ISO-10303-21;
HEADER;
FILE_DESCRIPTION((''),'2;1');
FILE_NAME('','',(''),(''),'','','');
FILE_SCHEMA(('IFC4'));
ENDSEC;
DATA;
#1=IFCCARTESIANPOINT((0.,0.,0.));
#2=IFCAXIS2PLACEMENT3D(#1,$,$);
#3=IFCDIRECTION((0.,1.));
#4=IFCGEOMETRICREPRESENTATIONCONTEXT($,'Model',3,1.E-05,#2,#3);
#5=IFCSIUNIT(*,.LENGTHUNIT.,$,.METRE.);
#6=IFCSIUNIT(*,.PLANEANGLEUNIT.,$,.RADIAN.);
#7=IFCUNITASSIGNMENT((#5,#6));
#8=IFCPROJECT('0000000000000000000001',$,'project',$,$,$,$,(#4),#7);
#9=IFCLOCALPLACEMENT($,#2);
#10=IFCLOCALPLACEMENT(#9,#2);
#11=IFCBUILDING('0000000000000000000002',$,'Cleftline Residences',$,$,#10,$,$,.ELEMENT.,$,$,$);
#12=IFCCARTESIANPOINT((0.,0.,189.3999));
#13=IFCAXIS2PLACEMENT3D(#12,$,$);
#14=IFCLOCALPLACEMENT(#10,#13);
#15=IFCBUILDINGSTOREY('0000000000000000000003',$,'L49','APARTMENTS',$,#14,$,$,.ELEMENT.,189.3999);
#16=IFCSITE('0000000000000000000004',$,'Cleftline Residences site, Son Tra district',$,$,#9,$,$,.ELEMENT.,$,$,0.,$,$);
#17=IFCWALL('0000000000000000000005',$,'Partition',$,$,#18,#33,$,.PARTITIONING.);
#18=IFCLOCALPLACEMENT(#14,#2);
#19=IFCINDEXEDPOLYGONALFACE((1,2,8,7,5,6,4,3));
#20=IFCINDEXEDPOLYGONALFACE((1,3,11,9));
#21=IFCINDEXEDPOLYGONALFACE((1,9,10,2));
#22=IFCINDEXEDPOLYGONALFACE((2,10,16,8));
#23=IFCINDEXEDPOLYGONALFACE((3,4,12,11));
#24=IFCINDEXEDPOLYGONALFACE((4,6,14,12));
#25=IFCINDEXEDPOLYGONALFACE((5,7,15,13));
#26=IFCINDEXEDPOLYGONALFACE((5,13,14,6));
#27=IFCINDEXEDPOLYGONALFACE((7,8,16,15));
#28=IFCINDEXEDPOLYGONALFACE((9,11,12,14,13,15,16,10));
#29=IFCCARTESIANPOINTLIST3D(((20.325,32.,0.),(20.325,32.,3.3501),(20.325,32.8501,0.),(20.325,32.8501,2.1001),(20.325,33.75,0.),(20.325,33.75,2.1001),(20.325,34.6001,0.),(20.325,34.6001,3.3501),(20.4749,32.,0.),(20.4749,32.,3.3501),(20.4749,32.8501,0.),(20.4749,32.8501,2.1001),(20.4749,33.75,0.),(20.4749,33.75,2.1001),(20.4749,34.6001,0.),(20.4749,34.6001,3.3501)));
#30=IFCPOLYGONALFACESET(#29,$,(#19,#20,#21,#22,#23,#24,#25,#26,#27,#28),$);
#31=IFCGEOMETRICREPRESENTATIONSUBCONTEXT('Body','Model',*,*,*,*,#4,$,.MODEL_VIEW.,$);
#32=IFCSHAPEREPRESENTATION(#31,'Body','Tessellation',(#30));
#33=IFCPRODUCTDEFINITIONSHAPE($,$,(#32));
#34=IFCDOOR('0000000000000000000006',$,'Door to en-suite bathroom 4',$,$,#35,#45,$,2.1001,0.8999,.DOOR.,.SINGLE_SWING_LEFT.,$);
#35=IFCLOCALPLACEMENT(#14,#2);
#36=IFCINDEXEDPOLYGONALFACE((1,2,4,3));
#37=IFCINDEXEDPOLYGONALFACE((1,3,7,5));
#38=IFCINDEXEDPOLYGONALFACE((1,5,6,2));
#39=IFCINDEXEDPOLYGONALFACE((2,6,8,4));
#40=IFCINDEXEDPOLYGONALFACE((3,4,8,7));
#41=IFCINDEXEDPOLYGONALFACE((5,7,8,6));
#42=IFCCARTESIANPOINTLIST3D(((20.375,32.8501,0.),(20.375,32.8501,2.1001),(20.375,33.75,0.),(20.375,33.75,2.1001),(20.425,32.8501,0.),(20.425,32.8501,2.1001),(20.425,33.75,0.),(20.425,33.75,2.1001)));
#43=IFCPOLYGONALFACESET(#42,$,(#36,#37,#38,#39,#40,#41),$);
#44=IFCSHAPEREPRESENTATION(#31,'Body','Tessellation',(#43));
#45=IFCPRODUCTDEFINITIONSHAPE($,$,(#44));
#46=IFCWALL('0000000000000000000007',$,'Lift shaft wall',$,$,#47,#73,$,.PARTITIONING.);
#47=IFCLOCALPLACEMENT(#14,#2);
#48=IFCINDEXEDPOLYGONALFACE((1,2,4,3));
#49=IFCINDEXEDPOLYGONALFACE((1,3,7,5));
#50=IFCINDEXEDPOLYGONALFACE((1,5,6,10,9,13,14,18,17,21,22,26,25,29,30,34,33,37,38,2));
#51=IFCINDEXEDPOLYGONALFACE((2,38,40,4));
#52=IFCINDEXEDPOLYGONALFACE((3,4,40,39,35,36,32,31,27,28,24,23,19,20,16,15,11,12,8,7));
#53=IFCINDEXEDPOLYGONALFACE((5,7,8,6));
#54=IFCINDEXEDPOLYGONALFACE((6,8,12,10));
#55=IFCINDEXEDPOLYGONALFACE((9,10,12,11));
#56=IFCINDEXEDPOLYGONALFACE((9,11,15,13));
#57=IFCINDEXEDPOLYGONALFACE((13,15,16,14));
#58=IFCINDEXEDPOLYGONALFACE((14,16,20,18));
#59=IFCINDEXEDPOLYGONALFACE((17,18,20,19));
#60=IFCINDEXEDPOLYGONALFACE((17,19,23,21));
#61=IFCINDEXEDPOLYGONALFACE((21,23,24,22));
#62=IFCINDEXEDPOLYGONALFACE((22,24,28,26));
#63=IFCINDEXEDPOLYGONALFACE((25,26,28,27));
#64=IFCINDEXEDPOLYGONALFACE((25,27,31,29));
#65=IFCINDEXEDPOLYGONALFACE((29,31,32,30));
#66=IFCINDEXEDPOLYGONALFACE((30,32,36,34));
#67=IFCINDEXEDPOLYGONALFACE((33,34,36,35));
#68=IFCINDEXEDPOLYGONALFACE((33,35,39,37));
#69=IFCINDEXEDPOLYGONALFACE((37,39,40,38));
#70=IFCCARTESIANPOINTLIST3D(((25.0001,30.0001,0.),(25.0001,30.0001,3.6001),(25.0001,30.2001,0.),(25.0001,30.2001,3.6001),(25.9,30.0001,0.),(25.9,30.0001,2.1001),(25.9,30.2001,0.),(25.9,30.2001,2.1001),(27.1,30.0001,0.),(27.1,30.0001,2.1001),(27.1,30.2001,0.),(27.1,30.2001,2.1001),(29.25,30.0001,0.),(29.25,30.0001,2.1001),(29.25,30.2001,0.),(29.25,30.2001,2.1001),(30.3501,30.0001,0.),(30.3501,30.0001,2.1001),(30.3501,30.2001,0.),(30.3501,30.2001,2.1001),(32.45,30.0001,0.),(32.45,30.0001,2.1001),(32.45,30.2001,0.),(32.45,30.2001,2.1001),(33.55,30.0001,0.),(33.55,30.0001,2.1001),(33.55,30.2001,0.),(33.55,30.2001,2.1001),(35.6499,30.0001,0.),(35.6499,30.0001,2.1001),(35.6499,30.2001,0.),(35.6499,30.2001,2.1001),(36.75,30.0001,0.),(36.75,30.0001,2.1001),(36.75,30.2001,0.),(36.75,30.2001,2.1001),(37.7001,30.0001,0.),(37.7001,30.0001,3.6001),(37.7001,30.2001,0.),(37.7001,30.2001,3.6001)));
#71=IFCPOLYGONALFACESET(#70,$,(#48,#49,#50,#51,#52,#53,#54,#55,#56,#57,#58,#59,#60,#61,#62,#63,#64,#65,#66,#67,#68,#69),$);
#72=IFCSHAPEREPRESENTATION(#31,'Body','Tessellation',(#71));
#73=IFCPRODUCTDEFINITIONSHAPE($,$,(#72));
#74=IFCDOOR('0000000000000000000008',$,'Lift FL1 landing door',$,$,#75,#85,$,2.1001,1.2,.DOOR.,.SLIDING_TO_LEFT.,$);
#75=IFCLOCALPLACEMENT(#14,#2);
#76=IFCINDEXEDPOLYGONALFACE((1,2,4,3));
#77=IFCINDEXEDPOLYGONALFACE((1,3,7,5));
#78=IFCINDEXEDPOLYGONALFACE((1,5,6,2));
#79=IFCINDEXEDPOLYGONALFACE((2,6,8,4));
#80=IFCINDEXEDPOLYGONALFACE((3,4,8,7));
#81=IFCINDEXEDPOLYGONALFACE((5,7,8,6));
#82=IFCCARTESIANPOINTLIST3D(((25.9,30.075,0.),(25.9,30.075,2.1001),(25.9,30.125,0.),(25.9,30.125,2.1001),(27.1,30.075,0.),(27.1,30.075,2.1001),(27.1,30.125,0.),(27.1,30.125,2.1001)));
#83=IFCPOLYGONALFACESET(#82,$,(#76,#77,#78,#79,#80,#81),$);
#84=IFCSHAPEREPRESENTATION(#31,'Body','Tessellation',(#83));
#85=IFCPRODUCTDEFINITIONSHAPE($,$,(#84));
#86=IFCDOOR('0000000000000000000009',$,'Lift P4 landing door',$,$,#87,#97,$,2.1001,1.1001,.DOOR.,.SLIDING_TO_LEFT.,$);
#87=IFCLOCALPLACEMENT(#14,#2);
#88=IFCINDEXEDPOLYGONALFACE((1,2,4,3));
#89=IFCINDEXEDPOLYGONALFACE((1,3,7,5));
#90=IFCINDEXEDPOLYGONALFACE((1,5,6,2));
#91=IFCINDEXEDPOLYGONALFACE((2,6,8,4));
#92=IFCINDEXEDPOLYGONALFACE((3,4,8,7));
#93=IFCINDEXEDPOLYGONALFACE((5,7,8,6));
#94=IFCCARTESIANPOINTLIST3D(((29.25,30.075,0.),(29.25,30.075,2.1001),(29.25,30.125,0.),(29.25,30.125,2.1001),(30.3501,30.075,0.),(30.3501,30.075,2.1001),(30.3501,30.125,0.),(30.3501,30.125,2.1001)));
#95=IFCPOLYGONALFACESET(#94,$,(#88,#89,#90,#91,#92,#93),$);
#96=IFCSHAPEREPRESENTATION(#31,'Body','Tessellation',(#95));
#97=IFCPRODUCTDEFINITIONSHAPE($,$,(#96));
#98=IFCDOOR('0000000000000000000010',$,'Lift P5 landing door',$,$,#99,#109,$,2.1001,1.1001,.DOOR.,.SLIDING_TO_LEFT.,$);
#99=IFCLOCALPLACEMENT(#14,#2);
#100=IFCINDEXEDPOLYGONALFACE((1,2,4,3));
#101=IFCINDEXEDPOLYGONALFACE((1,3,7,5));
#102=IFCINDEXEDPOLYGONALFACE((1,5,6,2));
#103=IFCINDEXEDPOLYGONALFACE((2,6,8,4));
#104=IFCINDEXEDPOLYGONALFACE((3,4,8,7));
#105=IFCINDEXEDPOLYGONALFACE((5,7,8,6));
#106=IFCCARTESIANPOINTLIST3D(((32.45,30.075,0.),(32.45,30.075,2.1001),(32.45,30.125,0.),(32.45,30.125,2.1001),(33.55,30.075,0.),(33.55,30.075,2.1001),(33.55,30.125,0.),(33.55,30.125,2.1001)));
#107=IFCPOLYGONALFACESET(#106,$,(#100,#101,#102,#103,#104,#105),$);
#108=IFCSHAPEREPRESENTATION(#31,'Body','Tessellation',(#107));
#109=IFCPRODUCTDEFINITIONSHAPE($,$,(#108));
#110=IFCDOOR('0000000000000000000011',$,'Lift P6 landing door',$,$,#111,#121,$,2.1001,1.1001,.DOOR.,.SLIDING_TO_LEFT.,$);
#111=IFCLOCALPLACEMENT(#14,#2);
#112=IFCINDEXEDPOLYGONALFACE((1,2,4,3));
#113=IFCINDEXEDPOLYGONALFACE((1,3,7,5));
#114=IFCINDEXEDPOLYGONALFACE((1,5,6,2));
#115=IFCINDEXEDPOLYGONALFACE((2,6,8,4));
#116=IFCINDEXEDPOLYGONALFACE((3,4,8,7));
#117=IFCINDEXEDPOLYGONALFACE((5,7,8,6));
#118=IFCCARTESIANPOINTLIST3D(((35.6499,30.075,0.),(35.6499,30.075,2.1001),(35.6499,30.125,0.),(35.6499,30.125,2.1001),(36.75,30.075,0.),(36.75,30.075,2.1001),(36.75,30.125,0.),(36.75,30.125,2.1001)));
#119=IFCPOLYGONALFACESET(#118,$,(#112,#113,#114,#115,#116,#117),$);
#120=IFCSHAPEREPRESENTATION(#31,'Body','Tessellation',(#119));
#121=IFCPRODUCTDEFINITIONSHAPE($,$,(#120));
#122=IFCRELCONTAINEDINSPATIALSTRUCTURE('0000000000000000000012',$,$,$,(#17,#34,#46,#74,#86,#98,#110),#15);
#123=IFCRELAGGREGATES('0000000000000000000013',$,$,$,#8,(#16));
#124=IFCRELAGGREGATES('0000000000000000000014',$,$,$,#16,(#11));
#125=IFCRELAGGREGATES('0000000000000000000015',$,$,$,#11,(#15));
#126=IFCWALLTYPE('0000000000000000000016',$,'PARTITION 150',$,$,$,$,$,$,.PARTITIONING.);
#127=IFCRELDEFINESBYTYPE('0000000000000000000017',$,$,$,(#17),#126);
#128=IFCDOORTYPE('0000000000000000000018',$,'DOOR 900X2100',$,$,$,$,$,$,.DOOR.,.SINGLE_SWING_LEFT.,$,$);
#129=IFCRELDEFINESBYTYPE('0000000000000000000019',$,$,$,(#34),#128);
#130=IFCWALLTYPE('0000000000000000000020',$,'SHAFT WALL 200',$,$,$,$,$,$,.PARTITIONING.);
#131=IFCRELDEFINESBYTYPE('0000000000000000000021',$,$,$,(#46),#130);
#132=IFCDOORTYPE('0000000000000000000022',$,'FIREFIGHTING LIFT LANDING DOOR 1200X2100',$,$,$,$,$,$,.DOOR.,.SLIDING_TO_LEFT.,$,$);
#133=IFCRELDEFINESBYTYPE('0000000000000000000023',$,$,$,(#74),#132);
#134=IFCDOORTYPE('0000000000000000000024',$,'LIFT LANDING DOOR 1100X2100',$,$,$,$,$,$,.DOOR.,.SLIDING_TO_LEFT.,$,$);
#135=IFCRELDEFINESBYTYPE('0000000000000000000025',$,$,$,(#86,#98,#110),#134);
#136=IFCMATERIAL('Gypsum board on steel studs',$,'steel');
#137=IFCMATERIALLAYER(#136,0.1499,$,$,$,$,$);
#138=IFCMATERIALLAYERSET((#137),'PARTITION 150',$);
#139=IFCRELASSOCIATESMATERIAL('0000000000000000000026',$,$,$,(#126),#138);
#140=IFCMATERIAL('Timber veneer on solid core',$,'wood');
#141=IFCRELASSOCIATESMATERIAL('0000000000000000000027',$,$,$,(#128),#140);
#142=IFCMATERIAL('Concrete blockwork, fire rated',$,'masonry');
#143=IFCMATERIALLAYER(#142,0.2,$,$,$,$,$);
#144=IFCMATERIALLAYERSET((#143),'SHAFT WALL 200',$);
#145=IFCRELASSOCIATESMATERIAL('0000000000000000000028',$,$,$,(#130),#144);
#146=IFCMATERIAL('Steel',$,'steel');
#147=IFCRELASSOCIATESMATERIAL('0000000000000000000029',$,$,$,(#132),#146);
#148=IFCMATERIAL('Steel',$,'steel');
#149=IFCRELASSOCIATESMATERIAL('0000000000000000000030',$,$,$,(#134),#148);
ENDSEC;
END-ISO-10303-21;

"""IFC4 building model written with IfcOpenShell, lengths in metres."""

from ifc_helpers import new_model, si_unit, direction, frame, frame_2d, origin, place, context, subcontext, project, spatial, rectangle, extrude, material, layer, layer_set, type_object, element, fill, save


model = new_model("IFC4")

# Units and contexts
model_context = context("Model", 3, precision=1e-05, world=origin(), true_north=direction((0.0, 1.0)))
body_context = subcontext(model_context, "Body", "Model", "MODEL_VIEW")
ifc_project = project(units=[si_unit("LENGTHUNIT", "METRE"), si_unit("PLANEANGLEUNIT", "RADIAN")], contexts=[model_context])

# Site, building, storey
site_placement = place(None, origin())
site = spatial("IfcSite", under=ifc_project, at=site_placement, Name="Cleftline Residences site, Son Tra district", CompositionType="ELEMENT", RefElevation=0.0)
building_placement = place(site_placement, origin())
building = spatial("IfcBuilding", under=site, at=building_placement, Name="Cleftline Residences", CompositionType="ELEMENT")
storey_placement = place(building_placement, frame((0.0, 0.0, 189.3999)))
storey = spatial("IfcBuildingStorey", under=building, at=storey_placement, Name="L49", Description="APARTMENTS", CompositionType="ELEMENT", Elevation=189.3999)

# Shared definitions
ifc_material_1 = material(Name="Gypsum board on steel studs", Category="steel")
ifc_layer_1 = layer(ifc_material_1, 0.1499)
ifc_layer_set_1 = layer_set([ifc_layer_1], Name="PARTITION 150")
wall_type_1 = type_object("IfcWallType", Name="PARTITION 150", PredefinedType="PARTITIONING", material=ifc_layer_set_1)

# Wall, opening, door
ifc_material_2 = material(Name="Timber veneer on solid core", Category="wood")
door_type_1 = type_object("IfcDoorType", Name="DOOR 900X2100", OperationType="SINGLE_SWING_LEFT", PredefinedType="DOOR", material=ifc_material_2)
wall_1_placement = place(storey_placement, frame((20.3999, 32.0, 0.0), z_axis=(0.0, 0.0, 1.0), x_axis=(0.0, 1.0, 0.0)))
wall_1 = element("IfcWall", 1, at=wall_1_placement, inside=storey, type_object=wall_type_1, Name="Partition", PredefinedType="PARTITIONING", context=body_context, shape_type="SweptSolid", body=[
    extrude(rectangle(XDim=2.6001, YDim=0.1499, at=frame_2d((1.3, 0.0))), origin(), (0.0, 0.0, 1.0), 3.3501),
])
opening_1_placement = place(wall_1_placement, frame((0.8501, 0.0, 0.0)))
opening_1 = element("IfcOpeningElement", 2, at=opening_1_placement, cuts=wall_1, PredefinedType="OPENING", context=body_context, shape_type="SweptSolid", body=[
    extrude(rectangle(XDim=0.8999, YDim=2.1001, at=frame_2d((0.45, 1.05))), frame((0.0, 0.085, 0.0), z_axis=(0.0, -1.0, 0.0), x_axis=(1.0, 0.0, 0.0)), (0.0, 0.0, 1.0), 0.1699),
])
door_1_placement = place(opening_1_placement, origin())
door_1 = element("IfcDoor", 3, at=door_1_placement, inside=storey, type_object=door_type_1, Name="Door to en-suite bathroom 4", OperationType="SINGLE_SWING_LEFT", OverallHeight=2.1001, OverallWidth=0.8999, PredefinedType="DOOR", context=body_context, shape_type="SweptSolid", body=[
    extrude(rectangle(XDim=0.8999, YDim=2.1001, at=frame_2d((0.45, 1.05))), frame((0.0, 0.0249, 0.0), z_axis=(0.0, -1.0, 0.0), x_axis=(1.0, 0.0, 0.0)), (0.0, 0.0, 1.0), 0.05),
])
fill(opening_1, door_1)

# Wall, openings, doors
ifc_material_3 = material(Name="Concrete blockwork, fire rated", Category="masonry")
ifc_layer_2 = layer(ifc_material_3, 0.2)
ifc_layer_set_2 = layer_set([ifc_layer_2], Name="SHAFT WALL 200")
wall_type_2 = type_object("IfcWallType", Name="SHAFT WALL 200", PredefinedType="PARTITIONING", material=ifc_layer_set_2)
wall_2_placement = place(storey_placement, frame((25.0, 30.1001, 0.0), z_axis=(0.0, 0.0, 1.0), x_axis=(1.0, 0.0, 0.0)))
wall_2 = element("IfcWall", 4, at=wall_2_placement, inside=storey, type_object=wall_type_2, Name="Lift shaft wall", PredefinedType="PARTITIONING", context=body_context, shape_type="SweptSolid", body=[
    extrude(rectangle(XDim=12.7, YDim=0.2, at=frame_2d((6.3501, 0.0))), origin(), (0.0, 0.0, 1.0), 3.6001),
])
opening_2_placement = place(wall_2_placement, frame((4.25, 0.0, 0.0)))
opening_2 = element("IfcOpeningElement", 5, at=opening_2_placement, cuts=wall_2, PredefinedType="OPENING", context=body_context, shape_type="SweptSolid", body=[
    extrude(rectangle(XDim=1.1001, YDim=2.1001, at=frame_2d((0.55, 1.05))), frame((0.0, 0.1099, 0.0), z_axis=(0.0, -1.0, 0.0), x_axis=(1.0, 0.0, 0.0)), (0.0, 0.0, 1.0), 0.22),
])
opening_3_placement = place(wall_2_placement, frame((7.45, 0.0, 0.0)))
opening_3 = element("IfcOpeningElement", 6, at=opening_3_placement, cuts=wall_2, PredefinedType="OPENING", context=body_context, shape_type="SweptSolid", body=[
    extrude(rectangle(XDim=1.1001, YDim=2.1001, at=frame_2d((0.55, 1.05))), frame((0.0, 0.1099, 0.0), z_axis=(0.0, -1.0, 0.0), x_axis=(1.0, 0.0, 0.0)), (0.0, 0.0, 1.0), 0.22),
])
opening_4_placement = place(wall_2_placement, frame((10.6499, 0.0, 0.0)))
opening_4 = element("IfcOpeningElement", 7, at=opening_4_placement, cuts=wall_2, PredefinedType="OPENING", context=body_context, shape_type="SweptSolid", body=[
    extrude(rectangle(XDim=1.1001, YDim=2.1001, at=frame_2d((0.55, 1.05))), frame((0.0, 0.1099, 0.0), z_axis=(0.0, -1.0, 0.0), x_axis=(1.0, 0.0, 0.0)), (0.0, 0.0, 1.0), 0.22),
])
opening_5_placement = place(wall_2_placement, frame((0.8999, 0.0, 0.0)))
opening_5 = element("IfcOpeningElement", 8, at=opening_5_placement, cuts=wall_2, PredefinedType="OPENING", context=body_context, shape_type="SweptSolid", body=[
    extrude(rectangle(XDim=1.2, YDim=2.1001, at=frame_2d((0.6001, 1.05))), frame((0.0, 0.1099, 0.0), z_axis=(0.0, -1.0, 0.0), x_axis=(1.0, 0.0, 0.0)), (0.0, 0.0, 1.0), 0.22),
])
ifc_material_4 = material(Name="Steel", Category="steel")
door_type_2 = type_object("IfcDoorType", Name="FIREFIGHTING LIFT LANDING DOOR 1200X2100", OperationType="SLIDING_TO_LEFT", PredefinedType="DOOR", material=ifc_material_4)
door_2_placement = place(opening_5_placement, origin())
door_2 = element("IfcDoor", 9, at=door_2_placement, inside=storey, type_object=door_type_2, Name="Lift FL1 landing door", OperationType="SLIDING_TO_LEFT", OverallHeight=2.1001, OverallWidth=1.2, PredefinedType="DOOR", context=body_context, shape_type="SweptSolid", body=[
    extrude(rectangle(XDim=1.2, YDim=2.1001, at=frame_2d((0.6001, 1.05))), frame((0.0, 0.0249, 0.0), z_axis=(0.0, -1.0, 0.0), x_axis=(1.0, 0.0, 0.0)), (0.0, 0.0, 1.0), 0.05),
])
fill(opening_5, door_2)
ifc_material_5 = material(Name="Steel", Category="steel")
door_type_3 = type_object("IfcDoorType", Name="LIFT LANDING DOOR 1100X2100", OperationType="SLIDING_TO_LEFT", PredefinedType="DOOR", material=ifc_material_5)
door_3_placement = place(opening_2_placement, origin())
door_3 = element("IfcDoor", 10, at=door_3_placement, inside=storey, type_object=door_type_3, Name="Lift P4 landing door", OperationType="SLIDING_TO_LEFT", OverallHeight=2.1001, OverallWidth=1.1001, PredefinedType="DOOR", context=body_context, shape_type="SweptSolid", body=[
    extrude(rectangle(XDim=1.1001, YDim=2.1001, at=frame_2d((0.55, 1.05))), frame((0.0, 0.0249, 0.0), z_axis=(0.0, -1.0, 0.0), x_axis=(1.0, 0.0, 0.0)), (0.0, 0.0, 1.0), 0.05),
])
fill(opening_2, door_3)
door_4_placement = place(opening_3_placement, origin())
door_4 = element("IfcDoor", 11, at=door_4_placement, inside=storey, type_object=door_type_3, Name="Lift P5 landing door", OperationType="SLIDING_TO_LEFT", OverallHeight=2.1001, OverallWidth=1.1001, PredefinedType="DOOR", context=body_context, shape_type="SweptSolid", body=[
    extrude(rectangle(XDim=1.1001, YDim=2.1001, at=frame_2d((0.55, 1.05))), frame((0.0, 0.0249, 0.0), z_axis=(0.0, -1.0, 0.0), x_axis=(1.0, 0.0, 0.0)), (0.0, 0.0, 1.0), 0.05),
])
fill(opening_3, door_4)
door_5_placement = place(opening_4_placement, origin())
door_5 = element("IfcDoor", 12, at=door_5_placement, inside=storey, type_object=door_type_3, Name="Lift P6 landing door", OperationType="SLIDING_TO_LEFT", OverallHeight=2.1001, OverallWidth=1.1001, PredefinedType="DOOR", context=body_context, shape_type="SweptSolid", body=[
    extrude(rectangle(XDim=1.1001, YDim=2.1001, at=frame_2d((0.55, 1.05))), frame((0.0, 0.0249, 0.0), z_axis=(0.0, -1.0, 0.0), x_axis=(1.0, 0.0, 0.0)), (0.0, 0.0, 1.0), 0.05),
])
fill(opening_4, door_5)

save(model, "model.ifc")
